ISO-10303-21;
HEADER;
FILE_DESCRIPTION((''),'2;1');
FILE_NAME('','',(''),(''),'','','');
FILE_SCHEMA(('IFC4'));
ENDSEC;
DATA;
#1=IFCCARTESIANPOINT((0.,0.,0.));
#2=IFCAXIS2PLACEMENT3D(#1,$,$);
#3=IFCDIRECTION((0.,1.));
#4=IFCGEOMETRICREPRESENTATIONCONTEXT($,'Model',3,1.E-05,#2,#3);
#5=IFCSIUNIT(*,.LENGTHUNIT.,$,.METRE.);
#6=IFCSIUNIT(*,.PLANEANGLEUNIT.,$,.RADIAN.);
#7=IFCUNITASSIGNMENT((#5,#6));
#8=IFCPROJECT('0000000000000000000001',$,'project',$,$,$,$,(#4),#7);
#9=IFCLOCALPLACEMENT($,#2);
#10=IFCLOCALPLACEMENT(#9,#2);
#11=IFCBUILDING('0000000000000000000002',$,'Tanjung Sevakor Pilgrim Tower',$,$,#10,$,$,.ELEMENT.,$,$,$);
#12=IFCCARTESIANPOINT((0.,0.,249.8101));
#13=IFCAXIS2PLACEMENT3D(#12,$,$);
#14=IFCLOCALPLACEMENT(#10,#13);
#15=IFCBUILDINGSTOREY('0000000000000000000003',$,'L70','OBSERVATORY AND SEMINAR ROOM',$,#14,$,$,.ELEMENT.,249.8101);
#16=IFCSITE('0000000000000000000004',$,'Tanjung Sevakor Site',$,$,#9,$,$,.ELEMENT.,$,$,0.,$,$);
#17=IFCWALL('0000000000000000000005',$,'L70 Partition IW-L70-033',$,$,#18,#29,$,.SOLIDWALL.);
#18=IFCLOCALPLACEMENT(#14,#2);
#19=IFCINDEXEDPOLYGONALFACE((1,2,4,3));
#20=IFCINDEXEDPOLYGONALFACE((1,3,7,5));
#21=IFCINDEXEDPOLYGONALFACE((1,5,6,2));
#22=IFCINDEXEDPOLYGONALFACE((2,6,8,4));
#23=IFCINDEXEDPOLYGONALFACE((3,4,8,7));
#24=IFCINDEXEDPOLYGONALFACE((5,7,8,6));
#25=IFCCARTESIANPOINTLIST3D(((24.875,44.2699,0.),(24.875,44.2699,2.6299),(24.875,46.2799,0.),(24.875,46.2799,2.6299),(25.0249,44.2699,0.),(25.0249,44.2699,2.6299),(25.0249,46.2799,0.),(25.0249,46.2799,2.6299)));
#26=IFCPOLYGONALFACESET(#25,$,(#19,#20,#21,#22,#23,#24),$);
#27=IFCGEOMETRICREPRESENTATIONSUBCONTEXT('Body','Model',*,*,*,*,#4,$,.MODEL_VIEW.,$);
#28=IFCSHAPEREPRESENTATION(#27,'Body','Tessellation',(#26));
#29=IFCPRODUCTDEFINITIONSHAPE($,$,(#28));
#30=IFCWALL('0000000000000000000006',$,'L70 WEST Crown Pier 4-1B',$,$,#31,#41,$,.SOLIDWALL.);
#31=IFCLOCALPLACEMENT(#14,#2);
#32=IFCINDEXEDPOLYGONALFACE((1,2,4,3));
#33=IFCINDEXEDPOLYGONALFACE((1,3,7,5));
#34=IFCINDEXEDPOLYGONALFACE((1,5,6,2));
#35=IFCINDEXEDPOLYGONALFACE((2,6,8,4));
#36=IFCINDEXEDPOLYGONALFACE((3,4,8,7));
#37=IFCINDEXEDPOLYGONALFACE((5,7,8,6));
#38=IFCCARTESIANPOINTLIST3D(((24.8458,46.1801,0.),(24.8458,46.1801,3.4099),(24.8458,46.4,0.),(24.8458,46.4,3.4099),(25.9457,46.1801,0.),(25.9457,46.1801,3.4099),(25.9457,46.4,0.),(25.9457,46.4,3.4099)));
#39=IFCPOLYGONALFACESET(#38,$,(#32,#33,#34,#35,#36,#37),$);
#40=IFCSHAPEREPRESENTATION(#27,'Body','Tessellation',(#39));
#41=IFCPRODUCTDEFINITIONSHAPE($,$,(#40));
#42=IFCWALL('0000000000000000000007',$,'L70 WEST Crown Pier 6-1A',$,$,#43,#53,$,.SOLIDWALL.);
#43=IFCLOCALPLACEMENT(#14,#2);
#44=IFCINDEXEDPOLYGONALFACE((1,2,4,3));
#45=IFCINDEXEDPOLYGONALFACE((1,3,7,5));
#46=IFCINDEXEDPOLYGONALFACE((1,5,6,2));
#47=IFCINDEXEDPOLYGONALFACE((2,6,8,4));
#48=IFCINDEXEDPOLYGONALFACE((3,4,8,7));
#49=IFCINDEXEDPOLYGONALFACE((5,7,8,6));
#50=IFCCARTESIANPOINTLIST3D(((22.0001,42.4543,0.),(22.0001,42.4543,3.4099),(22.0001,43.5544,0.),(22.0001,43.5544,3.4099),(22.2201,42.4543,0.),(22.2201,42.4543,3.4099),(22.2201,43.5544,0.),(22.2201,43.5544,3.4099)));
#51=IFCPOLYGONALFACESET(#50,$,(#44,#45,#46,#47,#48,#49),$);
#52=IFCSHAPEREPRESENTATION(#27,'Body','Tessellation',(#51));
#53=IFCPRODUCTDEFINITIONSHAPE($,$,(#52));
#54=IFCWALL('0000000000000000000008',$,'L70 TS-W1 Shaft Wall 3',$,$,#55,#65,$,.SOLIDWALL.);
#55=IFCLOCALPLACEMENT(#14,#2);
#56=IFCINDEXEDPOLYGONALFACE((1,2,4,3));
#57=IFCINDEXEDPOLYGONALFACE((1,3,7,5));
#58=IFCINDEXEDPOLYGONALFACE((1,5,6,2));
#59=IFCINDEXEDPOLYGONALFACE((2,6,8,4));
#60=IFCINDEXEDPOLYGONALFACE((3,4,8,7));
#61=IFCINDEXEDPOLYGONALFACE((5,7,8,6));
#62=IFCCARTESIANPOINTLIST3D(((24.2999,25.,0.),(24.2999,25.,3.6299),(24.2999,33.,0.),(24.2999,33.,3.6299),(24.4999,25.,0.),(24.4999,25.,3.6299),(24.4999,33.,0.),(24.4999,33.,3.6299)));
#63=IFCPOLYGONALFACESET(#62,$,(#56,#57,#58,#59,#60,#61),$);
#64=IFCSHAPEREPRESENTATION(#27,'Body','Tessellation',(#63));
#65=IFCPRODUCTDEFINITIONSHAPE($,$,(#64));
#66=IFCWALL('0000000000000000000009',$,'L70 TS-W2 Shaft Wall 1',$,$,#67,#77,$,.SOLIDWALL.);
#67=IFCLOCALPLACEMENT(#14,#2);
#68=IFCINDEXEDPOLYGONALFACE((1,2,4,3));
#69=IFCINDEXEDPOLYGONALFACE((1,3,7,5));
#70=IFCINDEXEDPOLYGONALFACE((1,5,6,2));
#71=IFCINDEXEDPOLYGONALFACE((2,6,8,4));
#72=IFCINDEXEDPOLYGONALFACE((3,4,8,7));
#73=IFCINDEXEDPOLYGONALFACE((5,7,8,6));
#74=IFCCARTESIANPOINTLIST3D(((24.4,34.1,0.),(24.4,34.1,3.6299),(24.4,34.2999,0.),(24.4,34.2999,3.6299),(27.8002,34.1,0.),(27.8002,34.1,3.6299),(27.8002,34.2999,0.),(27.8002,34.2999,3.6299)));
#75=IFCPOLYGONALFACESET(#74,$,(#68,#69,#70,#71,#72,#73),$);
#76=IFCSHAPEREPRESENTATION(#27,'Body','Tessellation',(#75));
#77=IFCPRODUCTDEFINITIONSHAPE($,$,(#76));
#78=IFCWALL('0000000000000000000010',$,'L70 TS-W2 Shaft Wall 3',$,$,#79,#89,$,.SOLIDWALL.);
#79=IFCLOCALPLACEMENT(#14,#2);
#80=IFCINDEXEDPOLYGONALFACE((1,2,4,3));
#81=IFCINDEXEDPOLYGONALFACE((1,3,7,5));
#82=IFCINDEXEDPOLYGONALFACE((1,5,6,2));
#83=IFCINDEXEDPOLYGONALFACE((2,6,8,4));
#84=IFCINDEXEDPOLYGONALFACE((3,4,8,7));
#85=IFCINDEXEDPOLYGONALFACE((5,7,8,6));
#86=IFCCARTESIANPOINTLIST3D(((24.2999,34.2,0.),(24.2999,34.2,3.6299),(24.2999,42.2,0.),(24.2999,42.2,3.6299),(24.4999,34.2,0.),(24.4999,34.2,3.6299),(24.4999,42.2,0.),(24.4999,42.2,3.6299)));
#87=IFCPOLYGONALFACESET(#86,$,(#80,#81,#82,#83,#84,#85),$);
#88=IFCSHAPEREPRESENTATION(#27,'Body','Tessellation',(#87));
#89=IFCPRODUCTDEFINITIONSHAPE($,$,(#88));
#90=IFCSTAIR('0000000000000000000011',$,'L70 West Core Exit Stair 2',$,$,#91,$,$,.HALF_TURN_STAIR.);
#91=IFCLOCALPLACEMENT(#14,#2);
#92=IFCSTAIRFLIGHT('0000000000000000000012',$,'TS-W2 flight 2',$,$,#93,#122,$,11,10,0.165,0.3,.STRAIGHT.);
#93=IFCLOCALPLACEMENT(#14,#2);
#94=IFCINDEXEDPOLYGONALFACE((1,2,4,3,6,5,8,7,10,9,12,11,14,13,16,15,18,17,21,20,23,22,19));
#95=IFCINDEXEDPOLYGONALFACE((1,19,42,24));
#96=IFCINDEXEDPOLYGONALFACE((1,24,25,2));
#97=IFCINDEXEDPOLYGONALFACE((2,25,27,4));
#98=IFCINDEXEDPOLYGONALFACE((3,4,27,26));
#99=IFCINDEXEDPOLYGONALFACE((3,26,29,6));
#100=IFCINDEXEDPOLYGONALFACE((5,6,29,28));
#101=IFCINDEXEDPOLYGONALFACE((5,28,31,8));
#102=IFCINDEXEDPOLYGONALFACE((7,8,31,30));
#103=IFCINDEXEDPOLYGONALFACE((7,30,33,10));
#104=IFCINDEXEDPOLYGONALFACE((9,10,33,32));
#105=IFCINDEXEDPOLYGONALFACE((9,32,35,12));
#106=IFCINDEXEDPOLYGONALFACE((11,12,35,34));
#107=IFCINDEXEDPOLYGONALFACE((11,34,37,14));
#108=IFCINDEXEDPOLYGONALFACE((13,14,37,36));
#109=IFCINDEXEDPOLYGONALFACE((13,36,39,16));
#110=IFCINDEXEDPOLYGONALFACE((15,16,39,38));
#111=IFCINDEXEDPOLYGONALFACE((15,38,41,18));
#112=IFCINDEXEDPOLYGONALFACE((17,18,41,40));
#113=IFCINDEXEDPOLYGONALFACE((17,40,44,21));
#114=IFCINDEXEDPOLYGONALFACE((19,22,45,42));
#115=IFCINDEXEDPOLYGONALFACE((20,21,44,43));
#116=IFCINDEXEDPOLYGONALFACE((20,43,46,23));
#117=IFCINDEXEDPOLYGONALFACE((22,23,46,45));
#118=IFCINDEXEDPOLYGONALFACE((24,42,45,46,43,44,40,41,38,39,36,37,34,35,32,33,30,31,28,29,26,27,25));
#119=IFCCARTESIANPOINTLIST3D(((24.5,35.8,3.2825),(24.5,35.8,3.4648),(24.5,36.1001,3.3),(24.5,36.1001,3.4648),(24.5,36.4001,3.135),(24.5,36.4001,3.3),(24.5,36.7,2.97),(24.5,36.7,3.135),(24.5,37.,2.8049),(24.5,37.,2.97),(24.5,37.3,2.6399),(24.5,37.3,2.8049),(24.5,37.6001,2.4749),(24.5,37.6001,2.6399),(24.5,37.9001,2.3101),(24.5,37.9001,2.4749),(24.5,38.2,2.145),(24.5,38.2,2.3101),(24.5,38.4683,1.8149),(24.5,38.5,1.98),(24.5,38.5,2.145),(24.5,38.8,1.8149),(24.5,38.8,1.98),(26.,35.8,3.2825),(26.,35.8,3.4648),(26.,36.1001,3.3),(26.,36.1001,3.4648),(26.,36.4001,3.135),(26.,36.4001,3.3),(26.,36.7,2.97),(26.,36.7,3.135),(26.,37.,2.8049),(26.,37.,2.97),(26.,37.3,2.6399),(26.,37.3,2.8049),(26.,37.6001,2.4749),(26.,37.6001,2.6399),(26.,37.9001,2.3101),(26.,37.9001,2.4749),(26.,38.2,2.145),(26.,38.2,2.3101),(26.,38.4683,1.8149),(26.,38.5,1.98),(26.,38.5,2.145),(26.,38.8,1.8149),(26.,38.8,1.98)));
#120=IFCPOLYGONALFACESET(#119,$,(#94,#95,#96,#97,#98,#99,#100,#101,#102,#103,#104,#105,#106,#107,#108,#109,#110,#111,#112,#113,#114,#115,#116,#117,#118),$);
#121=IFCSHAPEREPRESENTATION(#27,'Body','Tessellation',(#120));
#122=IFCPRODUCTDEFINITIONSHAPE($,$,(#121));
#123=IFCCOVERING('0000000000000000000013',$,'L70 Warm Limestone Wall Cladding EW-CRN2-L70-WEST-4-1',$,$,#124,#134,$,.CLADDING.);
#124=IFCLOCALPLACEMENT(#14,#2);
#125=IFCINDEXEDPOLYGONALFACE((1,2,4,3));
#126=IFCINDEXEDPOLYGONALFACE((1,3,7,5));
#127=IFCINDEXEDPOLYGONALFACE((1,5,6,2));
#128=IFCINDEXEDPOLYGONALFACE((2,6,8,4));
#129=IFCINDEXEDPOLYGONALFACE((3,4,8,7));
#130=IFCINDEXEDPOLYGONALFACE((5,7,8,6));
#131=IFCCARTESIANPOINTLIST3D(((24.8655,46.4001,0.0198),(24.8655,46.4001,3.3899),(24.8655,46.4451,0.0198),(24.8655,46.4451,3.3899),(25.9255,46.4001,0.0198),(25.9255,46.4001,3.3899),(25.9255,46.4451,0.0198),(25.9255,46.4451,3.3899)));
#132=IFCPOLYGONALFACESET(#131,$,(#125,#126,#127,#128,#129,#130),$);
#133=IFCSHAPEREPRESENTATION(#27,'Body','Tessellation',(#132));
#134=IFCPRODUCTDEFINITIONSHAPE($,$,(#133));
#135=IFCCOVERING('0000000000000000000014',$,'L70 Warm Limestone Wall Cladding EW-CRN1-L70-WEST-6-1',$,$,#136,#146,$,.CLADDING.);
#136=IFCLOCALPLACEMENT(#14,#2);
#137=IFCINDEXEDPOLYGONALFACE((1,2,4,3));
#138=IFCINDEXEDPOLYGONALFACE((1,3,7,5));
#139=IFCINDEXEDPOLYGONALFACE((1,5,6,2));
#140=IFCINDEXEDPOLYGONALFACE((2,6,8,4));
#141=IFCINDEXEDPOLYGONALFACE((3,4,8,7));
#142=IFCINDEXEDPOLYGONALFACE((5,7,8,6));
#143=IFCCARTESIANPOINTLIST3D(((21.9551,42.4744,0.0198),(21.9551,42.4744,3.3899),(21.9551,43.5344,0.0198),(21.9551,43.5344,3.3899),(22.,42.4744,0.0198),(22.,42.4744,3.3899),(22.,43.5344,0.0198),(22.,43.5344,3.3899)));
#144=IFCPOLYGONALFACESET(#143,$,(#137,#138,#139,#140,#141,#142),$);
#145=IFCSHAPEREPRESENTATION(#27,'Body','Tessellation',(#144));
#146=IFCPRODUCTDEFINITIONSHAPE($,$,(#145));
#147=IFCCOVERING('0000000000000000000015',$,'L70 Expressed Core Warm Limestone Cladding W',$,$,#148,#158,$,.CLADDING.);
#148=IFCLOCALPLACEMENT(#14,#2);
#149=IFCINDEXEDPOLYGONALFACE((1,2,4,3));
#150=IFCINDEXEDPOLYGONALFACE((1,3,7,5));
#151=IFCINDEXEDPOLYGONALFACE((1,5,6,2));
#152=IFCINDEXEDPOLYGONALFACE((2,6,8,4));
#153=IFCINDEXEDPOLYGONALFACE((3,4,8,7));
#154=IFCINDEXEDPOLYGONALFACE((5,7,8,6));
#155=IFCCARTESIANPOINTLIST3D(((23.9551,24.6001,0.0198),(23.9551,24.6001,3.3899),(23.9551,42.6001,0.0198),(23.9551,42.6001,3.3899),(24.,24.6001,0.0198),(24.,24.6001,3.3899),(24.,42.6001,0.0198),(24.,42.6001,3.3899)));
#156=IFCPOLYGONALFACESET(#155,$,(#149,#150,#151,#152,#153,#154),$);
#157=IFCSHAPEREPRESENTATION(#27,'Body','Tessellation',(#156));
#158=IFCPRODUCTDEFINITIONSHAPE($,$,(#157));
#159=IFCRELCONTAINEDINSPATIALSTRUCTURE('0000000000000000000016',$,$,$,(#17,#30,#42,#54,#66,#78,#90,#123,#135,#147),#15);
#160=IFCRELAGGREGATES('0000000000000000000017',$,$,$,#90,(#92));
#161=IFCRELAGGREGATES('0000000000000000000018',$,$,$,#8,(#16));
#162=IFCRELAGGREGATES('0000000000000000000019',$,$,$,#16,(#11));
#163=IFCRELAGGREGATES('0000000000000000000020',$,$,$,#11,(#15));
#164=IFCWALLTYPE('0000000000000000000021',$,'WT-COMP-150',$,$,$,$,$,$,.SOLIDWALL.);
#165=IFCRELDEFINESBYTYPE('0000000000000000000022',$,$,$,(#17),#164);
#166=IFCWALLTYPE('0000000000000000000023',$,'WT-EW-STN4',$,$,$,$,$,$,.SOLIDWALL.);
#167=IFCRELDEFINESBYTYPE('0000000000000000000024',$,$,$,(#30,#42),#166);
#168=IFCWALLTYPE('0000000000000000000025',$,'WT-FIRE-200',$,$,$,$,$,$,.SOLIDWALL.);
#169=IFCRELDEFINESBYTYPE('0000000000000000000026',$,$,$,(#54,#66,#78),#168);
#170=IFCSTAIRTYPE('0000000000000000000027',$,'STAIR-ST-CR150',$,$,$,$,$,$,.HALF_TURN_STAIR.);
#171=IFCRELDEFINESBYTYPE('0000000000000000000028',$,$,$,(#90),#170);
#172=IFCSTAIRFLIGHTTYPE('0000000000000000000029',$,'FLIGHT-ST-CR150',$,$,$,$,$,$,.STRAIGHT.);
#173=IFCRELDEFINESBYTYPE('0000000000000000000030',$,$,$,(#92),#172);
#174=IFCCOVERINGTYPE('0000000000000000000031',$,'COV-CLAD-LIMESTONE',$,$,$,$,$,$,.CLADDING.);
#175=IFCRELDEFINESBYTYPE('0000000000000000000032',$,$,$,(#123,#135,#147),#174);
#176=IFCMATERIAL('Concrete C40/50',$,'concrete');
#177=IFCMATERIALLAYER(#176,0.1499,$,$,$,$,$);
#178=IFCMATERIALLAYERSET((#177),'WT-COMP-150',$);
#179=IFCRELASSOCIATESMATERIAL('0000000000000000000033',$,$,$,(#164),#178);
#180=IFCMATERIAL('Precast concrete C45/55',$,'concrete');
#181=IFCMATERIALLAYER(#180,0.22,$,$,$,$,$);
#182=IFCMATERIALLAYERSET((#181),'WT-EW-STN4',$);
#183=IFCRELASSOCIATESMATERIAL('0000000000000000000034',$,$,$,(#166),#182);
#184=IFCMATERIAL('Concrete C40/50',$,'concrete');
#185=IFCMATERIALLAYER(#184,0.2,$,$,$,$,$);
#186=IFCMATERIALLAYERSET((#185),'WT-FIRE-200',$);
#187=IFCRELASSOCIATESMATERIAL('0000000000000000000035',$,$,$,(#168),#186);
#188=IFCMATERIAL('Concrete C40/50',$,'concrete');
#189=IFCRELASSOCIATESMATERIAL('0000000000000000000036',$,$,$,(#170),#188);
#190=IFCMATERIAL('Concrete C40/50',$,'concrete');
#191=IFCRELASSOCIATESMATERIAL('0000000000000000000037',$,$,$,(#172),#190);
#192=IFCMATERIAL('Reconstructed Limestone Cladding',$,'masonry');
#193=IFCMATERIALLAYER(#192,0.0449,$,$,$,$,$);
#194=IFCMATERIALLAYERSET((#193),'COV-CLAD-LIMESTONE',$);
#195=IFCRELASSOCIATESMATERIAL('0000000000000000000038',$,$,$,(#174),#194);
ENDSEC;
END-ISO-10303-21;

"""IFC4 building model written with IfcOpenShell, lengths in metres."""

from ifc_helpers import new_model, si_unit, direction, frame, frame_2d, origin, origin_2d, place, context, subcontext, project, spatial, polyline, rectangle, outline, extrude, material, layer, layer_set, type_object, element, aggregate, save


model = new_model("IFC4")

# Units and contexts
model_context = context("Model", 3, precision=1e-05, world=origin(), true_north=direction((0.0, 1.0)))
body_context = subcontext(model_context, "Body", "Model", "MODEL_VIEW")
ifc_project = project(units=[si_unit("LENGTHUNIT", "METRE"), si_unit("PLANEANGLEUNIT", "RADIAN")], contexts=[model_context])

# Site, building, storey
site_placement = place(None, origin())
site = spatial("IfcSite", under=ifc_project, at=site_placement, Name="Tanjung Sevakor Site", CompositionType="ELEMENT", RefElevation=0.0)
building_placement = place(site_placement, origin())
building = spatial("IfcBuilding", under=site, at=building_placement, Name="Tanjung Sevakor Pilgrim Tower", CompositionType="ELEMENT")
storey_placement = place(building_placement, frame((0.0, 0.0, 249.8101)))
storey = spatial("IfcBuildingStorey", under=building, at=storey_placement, Name="L70", Description="OBSERVATORY AND SEMINAR ROOM", CompositionType="ELEMENT", Elevation=249.8101)

# Shared definitions
ifc_material_1 = material(Name="Concrete C40/50", Category="concrete")
ifc_layer_1 = layer(ifc_material_1, 0.1499)
ifc_layer_set_1 = layer_set([ifc_layer_1], Name="WT-COMP-150")
wall_type_1 = type_object("IfcWallType", Name="WT-COMP-150", PredefinedType="SOLIDWALL", material=ifc_layer_set_1)

# Walls
wall_1_placement = place(storey_placement, frame((24.95, 44.27, 0.0), z_axis=(0.0, 0.0, 1.0), x_axis=(0.0, 1.0, 0.0)))
element("IfcWall", 1, at=wall_1_placement, inside=storey, type_object=wall_type_1, Name="L70 Partition IW-L70-033", PredefinedType="SOLIDWALL", context=body_context, shape_type="SweptSolid", body=[
    extrude(rectangle(XDim=2.01, YDim=0.1499, at=frame_2d((1.0049, 0.0))), origin(), (0.0, 0.0, 1.0), 2.6299),
])
ifc_material_2 = material(Name="Precast concrete C45/55", Category="concrete")
ifc_layer_2 = layer(ifc_material_2, 0.22)
ifc_layer_set_2 = layer_set([ifc_layer_2], Name="WT-EW-STN4")
wall_type_2 = type_object("IfcWallType", Name="WT-EW-STN4", PredefinedType="SOLIDWALL", material=ifc_layer_set_2)
wall_2_placement = place(storey_placement, frame((25.9456, 46.29, 0.0), z_axis=(0.0, 0.0, 1.0), x_axis=(-1.0, 0.0, 0.0)))
element("IfcWall", 2, at=wall_2_placement, inside=storey, type_object=wall_type_2, Name="L70 WEST Crown Pier 4-1B", PredefinedType="SOLIDWALL", context=body_context, shape_type="SweptSolid", body=[
    extrude(rectangle(XDim=1.0999, YDim=0.22, at=frame_2d((0.5498, 0.0))), origin(), (0.0, 0.0, 1.0), 3.4099),
])
wall_3_placement = place(storey_placement, frame((22.1101, 43.5544, 0.0), z_axis=(0.0, 0.0, 1.0), x_axis=(0.0, -1.0, 0.0)))
element("IfcWall", 3, at=wall_3_placement, inside=storey, type_object=wall_type_2, Name="L70 WEST Crown Pier 6-1A", PredefinedType="SOLIDWALL", context=body_context, shape_type="SweptSolid", body=[
    extrude(rectangle(XDim=1.1001, YDim=0.22, at=frame_2d((0.55, 0.0))), origin(), (0.0, 0.0, 1.0), 3.4099),
])
ifc_material_3 = material(Name="Concrete C40/50", Category="concrete")
ifc_layer_3 = layer(ifc_material_3, 0.2)
ifc_layer_set_3 = layer_set([ifc_layer_3], Name="WT-FIRE-200")
wall_type_3 = type_object("IfcWallType", Name="WT-FIRE-200", PredefinedType="SOLIDWALL", material=ifc_layer_set_3)
wall_4_placement = place(storey_placement, frame((24.3999, 33.0, 0.0), z_axis=(0.0, 0.0, 1.0), x_axis=(0.0, -1.0, 0.0)))
element("IfcWall", 4, at=wall_4_placement, inside=storey, type_object=wall_type_3, Name="L70 TS-W1 Shaft Wall 3", PredefinedType="SOLIDWALL", context=body_context, shape_type="SweptSolid", body=[
    extrude(rectangle(XDim=8.0, YDim=0.2, at=frame_2d((4.0, 0.0))), origin(), (0.0, 0.0, 1.0), 3.6299),
])
wall_5_placement = place(storey_placement, frame((24.3999, 34.2, 0.0), z_axis=(0.0, 0.0, 1.0), x_axis=(1.0, 0.0, 0.0)))
element("IfcWall", 5, at=wall_5_placement, inside=storey, type_object=wall_type_3, Name="L70 TS-W2 Shaft Wall 1", PredefinedType="SOLIDWALL", context=body_context, shape_type="SweptSolid", body=[
    extrude(rectangle(XDim=3.4001, YDim=0.2, at=frame_2d((1.7002, 0.0))), origin(), (0.0, 0.0, 1.0), 3.6299),
])
wall_6_placement = place(storey_placement, frame((24.3999, 42.2, 0.0), z_axis=(0.0, 0.0, 1.0), x_axis=(0.0, -1.0, 0.0)))
element("IfcWall", 6, at=wall_6_placement, inside=storey, type_object=wall_type_3, Name="L70 TS-W2 Shaft Wall 3", PredefinedType="SOLIDWALL", context=body_context, shape_type="SweptSolid", body=[
    extrude(rectangle(XDim=8.0, YDim=0.2, at=frame_2d((4.0, 0.0))), origin(), (0.0, 0.0, 1.0), 3.6299),
])

# Stair, stair flight
ifc_material_4 = material(Name="Concrete C40/50", Category="concrete")
stair_type = type_object("IfcStairType", Name="STAIR-ST-CR150", PredefinedType="HALF_TURN_STAIR", material=ifc_material_4)
stair_placement = place(storey_placement, origin())
stair = element("IfcStair", 7, at=stair_placement, inside=storey, type_object=stair_type, Name="L70 West Core Exit Stair 2", PredefinedType="HALF_TURN_STAIR")
ifc_material_5 = material(Name="Concrete C40/50", Category="concrete")
stair_flight_type = type_object("IfcStairFlightType", Name="FLIGHT-ST-CR150", PredefinedType="STRAIGHT", material=ifc_material_5)
stair_flight_placement = place(storey_placement, frame((25.25, 38.8, 1.8149), z_axis=(0.0, 0.0, 1.0), x_axis=(0.0, -1.0, 0.0)))
stair_flight = element("IfcStairFlight", 8, at=stair_flight_placement, type_object=stair_flight_type, Name="TS-W2 flight 2", NumberOfRisers=11, NumberOfTreads=10, PredefinedType="STRAIGHT", RiserHeight=0.165, TreadLength=0.3, context=body_context, shape_type="SweptSolid", body=[
    extrude(outline(polyline([(0.0, 0.0), (0.0, 0.165), (0.3, 0.165), (0.3, 0.3301), (0.6001, 0.3301), (0.6001, 0.4951), (0.8999, 0.4951), (0.8999, 0.6599), (1.2, 0.6599), (1.2, 0.825), (1.5, 0.825), (1.5, 0.99), (1.8, 0.99), (1.8, 1.155), (2.1001, 1.155), (2.1001, 1.3201), (2.3999, 1.3201), (2.3999, 1.4851), (2.7, 1.4851), (2.7, 1.6499), (3.0, 1.6499), (3.0, 1.8149), (3.0, 1.4675), (0.3318, 0.0), (0.0, 0.0)])), frame((0.0, 0.75, 0.0), z_axis=(0.0, -1.0, 0.0), x_axis=(1.0, 0.0, 0.0)), (0.0, 0.0, 1.0), 1.5),
])
aggregate(stair, [stair_flight])

# Coverings
ifc_material_6 = material(Name="Reconstructed Limestone Cladding", Category="masonry")
ifc_layer_4 = layer(ifc_material_6, 0.0449)
ifc_layer_set_4 = layer_set([ifc_layer_4], Name="COV-CLAD-LIMESTONE")
covering_type = type_object("IfcCoveringType", Name="COV-CLAD-LIMESTONE", PredefinedType="CLADDING", material=ifc_layer_set_4)
for number, where, z_axis, x_axis, name in (
    (9, (25.3955, 46.4226, 0.0198), (0.0, 0.0, 1.0), (-1.0, 0.0, 0.0), "L70 Warm Limestone Wall Cladding EW-CRN2-L70-WEST-4-1"),
    (10, (21.9775, 43.0044, 0.0198), (0.0, 0.0, 1.0), (0.0, -1.0, 0.0), "L70 Warm Limestone Wall Cladding EW-CRN1-L70-WEST-6-1"),
):
    element("IfcCovering", number, at=place(storey_placement, frame(where, z_axis=z_axis, x_axis=x_axis)), inside=storey, type_object=covering_type, Name=name, PredefinedType="CLADDING", context=body_context, shape_type="SweptSolid", body=[
        extrude(rectangle(XDim=1.0601, YDim=0.0449, at=origin_2d()), origin(), (0.0, 0.0, 1.0), 3.3701),
    ])
covering_placement = place(storey_placement, frame((23.9775, 33.6001, 0.0198), z_axis=(0.0, 0.0, 1.0), x_axis=(1.0, 0.0, 0.0)))
element("IfcCovering", 11, at=covering_placement, inside=storey, type_object=covering_type, Name="L70 Expressed Core Warm Limestone Cladding W", PredefinedType="CLADDING", context=body_context, shape_type="SweptSolid", body=[
    extrude(rectangle(XDim=0.0449, YDim=18.0, at=origin_2d()), origin(), (0.0, 0.0, 1.0), 3.3701),
])

save(model, "model.ifc")
